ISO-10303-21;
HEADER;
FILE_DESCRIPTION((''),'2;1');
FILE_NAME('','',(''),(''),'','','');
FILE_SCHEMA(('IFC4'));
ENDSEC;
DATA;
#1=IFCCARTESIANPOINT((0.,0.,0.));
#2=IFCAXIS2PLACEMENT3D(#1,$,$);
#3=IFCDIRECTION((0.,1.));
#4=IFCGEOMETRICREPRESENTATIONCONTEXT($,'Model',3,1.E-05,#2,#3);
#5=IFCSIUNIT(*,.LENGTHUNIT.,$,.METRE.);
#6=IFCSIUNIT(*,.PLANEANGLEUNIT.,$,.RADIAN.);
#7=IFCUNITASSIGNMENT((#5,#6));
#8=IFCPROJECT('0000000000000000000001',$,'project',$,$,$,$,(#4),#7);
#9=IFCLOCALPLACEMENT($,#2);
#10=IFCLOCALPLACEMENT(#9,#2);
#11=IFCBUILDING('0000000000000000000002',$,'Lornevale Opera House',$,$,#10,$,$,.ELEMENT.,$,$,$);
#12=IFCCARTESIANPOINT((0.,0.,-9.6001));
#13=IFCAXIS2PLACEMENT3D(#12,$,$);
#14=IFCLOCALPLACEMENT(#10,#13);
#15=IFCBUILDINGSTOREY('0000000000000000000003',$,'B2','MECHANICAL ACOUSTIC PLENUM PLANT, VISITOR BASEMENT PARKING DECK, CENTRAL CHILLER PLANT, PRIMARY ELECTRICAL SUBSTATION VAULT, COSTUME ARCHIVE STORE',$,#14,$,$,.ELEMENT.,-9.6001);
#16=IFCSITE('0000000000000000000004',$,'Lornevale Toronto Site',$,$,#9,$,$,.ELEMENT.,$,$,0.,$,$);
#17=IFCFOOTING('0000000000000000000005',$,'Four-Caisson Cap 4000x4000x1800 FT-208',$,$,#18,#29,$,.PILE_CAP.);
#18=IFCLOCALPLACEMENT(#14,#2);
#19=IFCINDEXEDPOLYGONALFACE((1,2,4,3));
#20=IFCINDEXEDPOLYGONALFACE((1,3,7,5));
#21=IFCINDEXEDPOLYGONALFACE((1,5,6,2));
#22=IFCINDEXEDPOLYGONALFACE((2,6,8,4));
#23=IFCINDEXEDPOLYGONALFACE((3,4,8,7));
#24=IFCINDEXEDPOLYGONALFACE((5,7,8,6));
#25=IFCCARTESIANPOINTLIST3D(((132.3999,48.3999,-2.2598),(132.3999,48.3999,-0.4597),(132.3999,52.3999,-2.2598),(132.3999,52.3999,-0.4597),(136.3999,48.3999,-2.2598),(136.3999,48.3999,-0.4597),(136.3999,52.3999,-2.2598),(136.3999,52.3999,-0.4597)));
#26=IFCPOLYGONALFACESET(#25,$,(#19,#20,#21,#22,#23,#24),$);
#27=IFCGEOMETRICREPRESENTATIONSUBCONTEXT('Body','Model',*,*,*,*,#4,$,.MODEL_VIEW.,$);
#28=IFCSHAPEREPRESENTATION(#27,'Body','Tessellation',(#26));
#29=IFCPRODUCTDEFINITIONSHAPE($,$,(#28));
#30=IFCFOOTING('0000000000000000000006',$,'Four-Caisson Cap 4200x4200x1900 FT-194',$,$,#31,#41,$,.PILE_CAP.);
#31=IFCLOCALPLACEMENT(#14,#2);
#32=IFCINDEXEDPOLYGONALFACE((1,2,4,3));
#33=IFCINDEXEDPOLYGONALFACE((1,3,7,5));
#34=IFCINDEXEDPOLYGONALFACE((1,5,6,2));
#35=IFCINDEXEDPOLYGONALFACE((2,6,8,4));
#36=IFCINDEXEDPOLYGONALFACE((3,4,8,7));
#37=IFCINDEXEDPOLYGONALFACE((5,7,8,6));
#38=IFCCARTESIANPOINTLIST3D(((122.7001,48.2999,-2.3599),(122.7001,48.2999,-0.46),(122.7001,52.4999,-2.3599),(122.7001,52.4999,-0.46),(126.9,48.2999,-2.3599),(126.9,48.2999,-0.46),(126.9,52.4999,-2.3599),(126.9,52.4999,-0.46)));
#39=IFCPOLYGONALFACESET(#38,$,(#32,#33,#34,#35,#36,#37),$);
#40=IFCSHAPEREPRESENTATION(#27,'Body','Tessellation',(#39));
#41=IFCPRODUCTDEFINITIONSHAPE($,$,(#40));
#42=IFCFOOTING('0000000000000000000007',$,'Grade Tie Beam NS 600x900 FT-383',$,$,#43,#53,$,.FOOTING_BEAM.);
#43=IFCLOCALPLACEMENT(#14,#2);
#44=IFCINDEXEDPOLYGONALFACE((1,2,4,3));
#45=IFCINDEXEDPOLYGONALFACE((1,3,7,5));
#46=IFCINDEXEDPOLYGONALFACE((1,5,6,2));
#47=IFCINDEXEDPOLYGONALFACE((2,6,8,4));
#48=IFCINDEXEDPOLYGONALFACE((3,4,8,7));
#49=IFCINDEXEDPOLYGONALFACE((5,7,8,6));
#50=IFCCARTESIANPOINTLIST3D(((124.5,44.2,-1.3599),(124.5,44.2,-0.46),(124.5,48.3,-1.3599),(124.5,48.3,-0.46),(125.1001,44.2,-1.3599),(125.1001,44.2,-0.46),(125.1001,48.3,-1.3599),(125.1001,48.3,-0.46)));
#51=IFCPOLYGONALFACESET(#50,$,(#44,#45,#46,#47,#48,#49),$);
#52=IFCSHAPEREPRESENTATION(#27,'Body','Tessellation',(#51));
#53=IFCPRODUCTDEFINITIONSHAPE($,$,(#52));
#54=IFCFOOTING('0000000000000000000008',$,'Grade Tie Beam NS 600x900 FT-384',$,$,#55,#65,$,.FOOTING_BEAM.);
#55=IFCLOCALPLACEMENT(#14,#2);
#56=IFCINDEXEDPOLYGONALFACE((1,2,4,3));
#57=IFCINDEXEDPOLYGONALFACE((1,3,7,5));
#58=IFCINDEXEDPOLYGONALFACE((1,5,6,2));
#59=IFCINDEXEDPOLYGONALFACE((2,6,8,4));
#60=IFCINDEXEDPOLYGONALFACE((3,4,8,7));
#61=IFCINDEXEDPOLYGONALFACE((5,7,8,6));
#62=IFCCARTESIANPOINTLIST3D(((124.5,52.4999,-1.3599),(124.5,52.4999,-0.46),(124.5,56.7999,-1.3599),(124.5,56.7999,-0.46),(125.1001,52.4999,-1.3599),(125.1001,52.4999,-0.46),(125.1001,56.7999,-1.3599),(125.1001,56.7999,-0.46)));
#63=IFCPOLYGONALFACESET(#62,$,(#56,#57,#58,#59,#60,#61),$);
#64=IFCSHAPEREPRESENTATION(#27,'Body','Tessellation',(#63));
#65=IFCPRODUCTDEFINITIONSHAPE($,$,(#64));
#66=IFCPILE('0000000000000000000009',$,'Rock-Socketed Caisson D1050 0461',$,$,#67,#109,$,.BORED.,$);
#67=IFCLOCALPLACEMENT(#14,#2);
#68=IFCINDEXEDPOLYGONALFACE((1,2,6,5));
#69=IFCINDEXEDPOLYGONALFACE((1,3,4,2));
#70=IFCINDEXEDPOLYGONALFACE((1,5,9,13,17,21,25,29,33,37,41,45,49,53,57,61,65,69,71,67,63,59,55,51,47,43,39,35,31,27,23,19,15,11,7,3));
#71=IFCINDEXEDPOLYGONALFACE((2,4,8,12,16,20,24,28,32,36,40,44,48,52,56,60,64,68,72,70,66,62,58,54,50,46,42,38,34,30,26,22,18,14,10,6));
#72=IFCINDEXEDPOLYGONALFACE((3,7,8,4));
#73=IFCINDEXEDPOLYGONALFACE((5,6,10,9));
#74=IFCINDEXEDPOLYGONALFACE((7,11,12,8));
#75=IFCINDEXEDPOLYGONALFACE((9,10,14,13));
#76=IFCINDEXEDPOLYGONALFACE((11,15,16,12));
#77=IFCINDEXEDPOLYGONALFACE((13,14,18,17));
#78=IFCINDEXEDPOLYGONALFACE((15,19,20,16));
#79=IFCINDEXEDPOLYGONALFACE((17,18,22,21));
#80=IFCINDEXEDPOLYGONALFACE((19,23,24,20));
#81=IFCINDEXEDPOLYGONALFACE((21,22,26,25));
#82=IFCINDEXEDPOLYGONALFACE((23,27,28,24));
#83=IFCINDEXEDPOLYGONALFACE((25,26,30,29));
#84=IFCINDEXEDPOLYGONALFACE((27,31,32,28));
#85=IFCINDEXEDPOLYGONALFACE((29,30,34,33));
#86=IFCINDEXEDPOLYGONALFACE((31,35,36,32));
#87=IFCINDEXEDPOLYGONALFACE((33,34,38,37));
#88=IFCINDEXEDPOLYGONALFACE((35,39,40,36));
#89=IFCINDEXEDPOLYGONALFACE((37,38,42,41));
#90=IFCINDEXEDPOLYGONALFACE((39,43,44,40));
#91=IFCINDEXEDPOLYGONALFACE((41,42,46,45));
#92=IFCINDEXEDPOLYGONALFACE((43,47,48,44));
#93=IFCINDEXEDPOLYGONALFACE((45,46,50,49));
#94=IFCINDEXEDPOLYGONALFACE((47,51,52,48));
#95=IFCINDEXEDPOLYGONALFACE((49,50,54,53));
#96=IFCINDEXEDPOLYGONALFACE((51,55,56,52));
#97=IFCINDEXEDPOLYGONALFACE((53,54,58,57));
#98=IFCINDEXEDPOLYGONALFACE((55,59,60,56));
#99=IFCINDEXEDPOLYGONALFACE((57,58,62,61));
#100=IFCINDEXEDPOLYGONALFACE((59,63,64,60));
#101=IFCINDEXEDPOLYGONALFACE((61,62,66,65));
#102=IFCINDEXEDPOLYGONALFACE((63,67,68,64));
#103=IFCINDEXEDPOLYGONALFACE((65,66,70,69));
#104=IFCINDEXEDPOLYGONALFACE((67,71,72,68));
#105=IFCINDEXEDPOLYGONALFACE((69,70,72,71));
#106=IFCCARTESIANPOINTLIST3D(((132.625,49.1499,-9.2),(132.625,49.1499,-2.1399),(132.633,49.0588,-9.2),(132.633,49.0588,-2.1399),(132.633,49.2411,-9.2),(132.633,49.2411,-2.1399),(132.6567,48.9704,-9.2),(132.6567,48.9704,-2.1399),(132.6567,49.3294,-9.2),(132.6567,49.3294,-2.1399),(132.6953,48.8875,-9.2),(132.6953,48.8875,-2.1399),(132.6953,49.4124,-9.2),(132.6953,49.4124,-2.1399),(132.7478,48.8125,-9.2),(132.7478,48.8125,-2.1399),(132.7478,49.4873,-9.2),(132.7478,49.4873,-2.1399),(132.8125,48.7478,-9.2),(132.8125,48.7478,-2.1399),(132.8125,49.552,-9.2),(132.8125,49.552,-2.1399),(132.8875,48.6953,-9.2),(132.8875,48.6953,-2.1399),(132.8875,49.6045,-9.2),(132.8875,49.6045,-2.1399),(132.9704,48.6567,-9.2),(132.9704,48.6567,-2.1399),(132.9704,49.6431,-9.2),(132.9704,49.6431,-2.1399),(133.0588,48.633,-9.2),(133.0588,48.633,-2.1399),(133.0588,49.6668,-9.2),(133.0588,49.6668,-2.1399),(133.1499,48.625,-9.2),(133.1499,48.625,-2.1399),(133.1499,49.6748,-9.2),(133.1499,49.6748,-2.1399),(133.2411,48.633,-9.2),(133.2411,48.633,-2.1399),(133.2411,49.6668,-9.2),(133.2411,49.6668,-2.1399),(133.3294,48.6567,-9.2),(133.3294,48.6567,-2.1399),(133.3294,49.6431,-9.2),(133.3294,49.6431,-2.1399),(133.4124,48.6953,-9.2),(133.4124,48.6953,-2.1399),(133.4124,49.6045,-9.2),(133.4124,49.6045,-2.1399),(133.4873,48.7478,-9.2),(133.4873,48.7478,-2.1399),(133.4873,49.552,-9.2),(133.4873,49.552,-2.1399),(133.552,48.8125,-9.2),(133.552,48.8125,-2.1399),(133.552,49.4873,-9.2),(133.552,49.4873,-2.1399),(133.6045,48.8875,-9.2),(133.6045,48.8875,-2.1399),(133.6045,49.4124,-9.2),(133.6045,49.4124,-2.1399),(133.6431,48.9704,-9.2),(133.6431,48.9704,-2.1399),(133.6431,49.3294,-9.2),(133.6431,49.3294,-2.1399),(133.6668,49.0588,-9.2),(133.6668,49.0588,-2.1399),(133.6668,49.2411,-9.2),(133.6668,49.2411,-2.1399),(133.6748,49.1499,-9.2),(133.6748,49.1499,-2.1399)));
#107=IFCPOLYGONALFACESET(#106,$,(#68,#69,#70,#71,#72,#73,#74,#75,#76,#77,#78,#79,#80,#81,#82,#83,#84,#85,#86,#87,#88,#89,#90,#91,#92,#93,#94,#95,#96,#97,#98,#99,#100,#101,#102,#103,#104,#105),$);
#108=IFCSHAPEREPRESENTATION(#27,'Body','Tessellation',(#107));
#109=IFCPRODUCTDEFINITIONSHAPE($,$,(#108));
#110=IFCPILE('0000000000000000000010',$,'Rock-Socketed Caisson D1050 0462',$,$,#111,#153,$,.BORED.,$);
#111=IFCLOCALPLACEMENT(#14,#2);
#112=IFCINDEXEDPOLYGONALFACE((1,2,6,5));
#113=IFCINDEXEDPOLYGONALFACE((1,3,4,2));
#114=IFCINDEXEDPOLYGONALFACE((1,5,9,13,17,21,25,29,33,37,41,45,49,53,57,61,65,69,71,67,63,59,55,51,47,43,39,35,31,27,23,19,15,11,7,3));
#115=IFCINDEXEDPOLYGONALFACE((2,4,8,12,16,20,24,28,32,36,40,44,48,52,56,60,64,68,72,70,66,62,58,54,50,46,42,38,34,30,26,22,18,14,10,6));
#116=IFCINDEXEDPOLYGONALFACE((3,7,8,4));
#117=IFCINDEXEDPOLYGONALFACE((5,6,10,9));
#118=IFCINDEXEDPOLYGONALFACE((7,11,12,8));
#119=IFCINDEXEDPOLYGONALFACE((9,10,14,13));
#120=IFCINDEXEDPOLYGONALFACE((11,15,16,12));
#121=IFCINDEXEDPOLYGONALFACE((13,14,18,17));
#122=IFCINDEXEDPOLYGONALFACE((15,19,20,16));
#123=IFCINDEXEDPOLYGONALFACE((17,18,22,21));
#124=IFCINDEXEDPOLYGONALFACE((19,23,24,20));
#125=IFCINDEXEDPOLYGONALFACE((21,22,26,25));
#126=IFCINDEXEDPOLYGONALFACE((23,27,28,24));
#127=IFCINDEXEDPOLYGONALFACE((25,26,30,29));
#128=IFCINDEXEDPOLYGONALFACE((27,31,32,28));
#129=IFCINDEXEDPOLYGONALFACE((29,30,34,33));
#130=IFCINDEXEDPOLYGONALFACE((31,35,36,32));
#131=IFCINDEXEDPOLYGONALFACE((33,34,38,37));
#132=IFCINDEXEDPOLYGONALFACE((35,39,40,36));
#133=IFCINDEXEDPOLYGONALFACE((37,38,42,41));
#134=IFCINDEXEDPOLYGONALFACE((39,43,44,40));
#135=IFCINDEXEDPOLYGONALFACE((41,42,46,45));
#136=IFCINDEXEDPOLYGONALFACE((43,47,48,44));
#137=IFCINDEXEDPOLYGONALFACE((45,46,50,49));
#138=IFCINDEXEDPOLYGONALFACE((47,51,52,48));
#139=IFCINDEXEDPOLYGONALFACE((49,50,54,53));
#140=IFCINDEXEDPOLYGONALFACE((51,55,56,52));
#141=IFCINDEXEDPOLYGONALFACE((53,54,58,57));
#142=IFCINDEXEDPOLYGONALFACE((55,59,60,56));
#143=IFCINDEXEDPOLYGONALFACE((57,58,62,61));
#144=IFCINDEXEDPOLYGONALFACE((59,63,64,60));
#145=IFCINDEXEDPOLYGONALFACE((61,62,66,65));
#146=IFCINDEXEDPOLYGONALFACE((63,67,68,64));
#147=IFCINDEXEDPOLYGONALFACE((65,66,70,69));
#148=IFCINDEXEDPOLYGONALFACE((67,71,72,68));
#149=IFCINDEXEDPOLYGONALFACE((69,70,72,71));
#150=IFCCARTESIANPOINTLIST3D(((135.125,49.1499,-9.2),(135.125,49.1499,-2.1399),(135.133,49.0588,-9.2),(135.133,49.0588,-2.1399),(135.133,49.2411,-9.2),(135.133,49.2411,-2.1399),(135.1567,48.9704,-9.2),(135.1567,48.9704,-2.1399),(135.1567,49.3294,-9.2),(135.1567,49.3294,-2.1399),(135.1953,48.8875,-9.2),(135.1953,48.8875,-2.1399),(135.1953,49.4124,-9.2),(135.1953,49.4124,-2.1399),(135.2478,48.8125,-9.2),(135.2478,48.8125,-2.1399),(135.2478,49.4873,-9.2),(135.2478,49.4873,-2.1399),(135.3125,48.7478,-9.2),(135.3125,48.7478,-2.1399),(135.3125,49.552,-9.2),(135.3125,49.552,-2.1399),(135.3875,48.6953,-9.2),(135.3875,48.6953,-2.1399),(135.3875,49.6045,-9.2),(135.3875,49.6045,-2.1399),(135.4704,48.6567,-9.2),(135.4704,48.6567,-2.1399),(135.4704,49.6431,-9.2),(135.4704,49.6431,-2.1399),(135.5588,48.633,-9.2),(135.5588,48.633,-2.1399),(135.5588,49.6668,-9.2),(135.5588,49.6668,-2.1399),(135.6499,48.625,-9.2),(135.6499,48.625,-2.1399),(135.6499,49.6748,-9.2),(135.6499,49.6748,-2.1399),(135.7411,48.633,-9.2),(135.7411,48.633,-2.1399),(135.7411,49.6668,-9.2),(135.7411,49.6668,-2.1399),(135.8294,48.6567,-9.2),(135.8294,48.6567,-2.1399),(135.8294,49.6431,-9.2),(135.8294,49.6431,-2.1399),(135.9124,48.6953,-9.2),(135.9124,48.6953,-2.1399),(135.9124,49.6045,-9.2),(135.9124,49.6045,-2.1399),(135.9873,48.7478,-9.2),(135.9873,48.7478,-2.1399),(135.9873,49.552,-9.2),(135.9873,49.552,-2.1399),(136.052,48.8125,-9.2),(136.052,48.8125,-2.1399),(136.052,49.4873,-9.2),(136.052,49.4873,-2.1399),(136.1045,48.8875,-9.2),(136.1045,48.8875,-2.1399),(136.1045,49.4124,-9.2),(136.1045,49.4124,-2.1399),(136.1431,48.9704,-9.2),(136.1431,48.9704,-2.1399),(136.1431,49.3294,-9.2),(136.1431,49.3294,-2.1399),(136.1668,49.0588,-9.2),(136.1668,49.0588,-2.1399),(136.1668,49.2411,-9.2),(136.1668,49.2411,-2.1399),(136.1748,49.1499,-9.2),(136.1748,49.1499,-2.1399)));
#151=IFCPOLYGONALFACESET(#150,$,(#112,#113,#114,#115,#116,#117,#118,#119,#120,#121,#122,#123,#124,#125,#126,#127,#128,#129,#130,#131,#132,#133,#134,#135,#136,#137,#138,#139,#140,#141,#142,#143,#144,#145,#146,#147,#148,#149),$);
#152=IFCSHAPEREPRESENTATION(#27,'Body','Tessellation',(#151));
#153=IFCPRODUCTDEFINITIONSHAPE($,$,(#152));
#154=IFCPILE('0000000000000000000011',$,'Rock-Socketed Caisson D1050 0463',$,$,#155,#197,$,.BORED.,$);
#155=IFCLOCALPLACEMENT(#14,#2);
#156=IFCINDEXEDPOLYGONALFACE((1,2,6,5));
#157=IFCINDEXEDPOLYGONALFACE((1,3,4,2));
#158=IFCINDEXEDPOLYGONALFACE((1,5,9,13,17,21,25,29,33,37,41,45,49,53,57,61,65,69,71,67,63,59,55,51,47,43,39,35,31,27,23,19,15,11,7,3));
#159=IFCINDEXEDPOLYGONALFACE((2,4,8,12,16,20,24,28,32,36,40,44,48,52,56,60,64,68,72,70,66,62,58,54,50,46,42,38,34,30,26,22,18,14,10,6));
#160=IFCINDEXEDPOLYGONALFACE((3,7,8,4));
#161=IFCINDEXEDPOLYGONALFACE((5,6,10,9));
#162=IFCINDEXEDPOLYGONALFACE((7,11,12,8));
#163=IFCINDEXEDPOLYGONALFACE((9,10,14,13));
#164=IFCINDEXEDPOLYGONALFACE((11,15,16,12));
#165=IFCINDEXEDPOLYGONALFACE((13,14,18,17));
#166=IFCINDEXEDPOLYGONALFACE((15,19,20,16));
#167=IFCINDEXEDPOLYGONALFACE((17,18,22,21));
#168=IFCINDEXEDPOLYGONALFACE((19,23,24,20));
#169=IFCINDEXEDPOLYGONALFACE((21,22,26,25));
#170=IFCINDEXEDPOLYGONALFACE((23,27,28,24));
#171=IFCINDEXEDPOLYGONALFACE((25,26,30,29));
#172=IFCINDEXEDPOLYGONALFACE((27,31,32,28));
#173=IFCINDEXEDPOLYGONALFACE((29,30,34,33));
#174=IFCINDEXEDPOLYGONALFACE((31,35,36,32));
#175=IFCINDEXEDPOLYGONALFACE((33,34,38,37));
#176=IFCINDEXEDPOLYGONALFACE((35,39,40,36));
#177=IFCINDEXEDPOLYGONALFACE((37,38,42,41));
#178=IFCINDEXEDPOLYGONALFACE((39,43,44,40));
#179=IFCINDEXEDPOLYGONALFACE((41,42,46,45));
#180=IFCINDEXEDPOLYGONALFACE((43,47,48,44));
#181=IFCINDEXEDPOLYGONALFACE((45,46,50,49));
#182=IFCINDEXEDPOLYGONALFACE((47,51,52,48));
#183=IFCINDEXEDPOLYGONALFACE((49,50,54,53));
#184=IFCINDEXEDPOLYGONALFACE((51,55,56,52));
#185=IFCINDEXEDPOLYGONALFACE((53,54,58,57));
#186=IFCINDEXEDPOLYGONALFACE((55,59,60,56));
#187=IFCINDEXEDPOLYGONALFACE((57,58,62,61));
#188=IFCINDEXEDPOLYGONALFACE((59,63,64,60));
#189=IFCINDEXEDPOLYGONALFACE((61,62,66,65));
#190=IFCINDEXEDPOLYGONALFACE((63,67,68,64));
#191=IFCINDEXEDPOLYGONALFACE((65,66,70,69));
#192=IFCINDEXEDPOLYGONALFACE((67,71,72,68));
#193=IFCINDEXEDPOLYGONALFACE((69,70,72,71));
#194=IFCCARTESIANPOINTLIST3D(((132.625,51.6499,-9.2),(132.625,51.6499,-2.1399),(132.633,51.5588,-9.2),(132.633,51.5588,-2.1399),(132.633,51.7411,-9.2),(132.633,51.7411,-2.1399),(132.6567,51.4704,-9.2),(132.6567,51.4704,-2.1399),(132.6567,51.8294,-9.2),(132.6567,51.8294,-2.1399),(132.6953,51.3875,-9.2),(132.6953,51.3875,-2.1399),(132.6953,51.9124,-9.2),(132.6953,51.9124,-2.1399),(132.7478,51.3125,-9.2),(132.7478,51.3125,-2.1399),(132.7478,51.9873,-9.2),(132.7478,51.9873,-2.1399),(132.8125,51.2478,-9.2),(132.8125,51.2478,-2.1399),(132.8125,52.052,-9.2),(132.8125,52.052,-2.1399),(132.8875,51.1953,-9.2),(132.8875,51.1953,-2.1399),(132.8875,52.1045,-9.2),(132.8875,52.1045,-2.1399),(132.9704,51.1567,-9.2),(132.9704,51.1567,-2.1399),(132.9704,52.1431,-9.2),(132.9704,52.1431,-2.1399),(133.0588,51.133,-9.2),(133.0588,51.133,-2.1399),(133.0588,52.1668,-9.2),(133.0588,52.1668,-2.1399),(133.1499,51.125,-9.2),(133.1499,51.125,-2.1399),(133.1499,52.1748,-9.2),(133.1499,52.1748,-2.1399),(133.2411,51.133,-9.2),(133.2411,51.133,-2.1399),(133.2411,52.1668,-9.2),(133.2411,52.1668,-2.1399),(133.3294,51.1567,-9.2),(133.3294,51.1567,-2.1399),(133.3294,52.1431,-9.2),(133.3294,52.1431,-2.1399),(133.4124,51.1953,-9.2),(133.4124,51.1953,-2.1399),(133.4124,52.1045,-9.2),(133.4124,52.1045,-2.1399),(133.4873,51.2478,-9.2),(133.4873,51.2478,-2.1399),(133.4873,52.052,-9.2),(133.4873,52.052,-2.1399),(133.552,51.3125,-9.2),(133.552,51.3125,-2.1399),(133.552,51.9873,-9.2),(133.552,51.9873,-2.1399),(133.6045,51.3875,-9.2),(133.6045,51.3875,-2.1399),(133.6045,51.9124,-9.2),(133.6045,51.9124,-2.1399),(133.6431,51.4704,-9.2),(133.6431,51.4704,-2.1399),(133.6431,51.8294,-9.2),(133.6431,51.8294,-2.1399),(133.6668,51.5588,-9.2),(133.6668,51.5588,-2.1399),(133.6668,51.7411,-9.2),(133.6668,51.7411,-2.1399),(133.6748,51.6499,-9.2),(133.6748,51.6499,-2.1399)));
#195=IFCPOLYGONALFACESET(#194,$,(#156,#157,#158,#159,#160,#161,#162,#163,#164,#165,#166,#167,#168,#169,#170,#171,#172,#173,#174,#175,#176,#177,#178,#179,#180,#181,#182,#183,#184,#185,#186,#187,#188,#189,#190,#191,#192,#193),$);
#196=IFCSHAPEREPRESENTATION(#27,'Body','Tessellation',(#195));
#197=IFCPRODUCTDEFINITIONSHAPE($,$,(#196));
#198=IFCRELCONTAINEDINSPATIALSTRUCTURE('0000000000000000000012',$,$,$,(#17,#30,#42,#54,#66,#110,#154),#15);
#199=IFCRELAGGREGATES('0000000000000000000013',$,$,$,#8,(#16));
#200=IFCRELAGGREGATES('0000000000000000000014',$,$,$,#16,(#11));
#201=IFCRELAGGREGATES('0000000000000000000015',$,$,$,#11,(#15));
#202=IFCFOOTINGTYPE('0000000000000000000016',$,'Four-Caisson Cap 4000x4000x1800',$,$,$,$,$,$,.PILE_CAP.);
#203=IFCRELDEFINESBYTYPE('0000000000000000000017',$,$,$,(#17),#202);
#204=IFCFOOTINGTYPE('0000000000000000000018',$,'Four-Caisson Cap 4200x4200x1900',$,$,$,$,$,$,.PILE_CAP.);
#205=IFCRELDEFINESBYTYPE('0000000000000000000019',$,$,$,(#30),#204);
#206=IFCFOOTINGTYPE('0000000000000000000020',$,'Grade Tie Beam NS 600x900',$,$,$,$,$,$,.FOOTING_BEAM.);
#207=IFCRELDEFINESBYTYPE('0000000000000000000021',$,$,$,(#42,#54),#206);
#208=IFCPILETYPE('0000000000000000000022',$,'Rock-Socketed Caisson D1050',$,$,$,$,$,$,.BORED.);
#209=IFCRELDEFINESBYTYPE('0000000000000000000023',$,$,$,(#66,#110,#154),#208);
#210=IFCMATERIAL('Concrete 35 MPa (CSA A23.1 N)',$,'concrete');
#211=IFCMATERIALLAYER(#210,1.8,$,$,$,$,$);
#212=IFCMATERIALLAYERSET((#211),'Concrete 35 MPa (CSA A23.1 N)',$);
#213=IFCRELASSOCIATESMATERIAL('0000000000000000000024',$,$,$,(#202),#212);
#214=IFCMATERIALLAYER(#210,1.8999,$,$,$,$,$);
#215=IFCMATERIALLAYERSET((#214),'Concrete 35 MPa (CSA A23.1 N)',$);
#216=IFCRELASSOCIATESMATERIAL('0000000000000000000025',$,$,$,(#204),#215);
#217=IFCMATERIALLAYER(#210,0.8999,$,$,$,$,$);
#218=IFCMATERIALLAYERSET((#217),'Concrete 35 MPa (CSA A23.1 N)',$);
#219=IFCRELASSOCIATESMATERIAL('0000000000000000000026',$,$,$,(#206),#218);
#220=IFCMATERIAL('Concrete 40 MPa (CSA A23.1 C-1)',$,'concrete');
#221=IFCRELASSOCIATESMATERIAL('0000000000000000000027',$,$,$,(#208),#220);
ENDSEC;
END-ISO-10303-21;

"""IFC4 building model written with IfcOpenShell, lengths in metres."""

from ifc_helpers import new_model, si_unit, direction, frame, origin, origin_2d, place, context, subcontext, project, spatial, rectangle, circle, extrude, material, layer, layer_set, material_profile, profile_set, type_object, element, save


model = new_model("IFC4")

# Units and contexts
model_context = context("Model", 3, precision=1e-05, world=origin(), true_north=direction((0.0, 1.0)))
body_context = subcontext(model_context, "Body", "Model", "MODEL_VIEW")
ifc_project = project(units=[si_unit("LENGTHUNIT", "METRE"), si_unit("PLANEANGLEUNIT", "RADIAN")], contexts=[model_context])

# Site, building, storey
site_placement = place(None, origin())
site = spatial("IfcSite", under=ifc_project, at=site_placement, Name="Lornevale Toronto Site", CompositionType="ELEMENT", RefElevation=0.0)
building_placement = place(site_placement, origin())
building = spatial("IfcBuilding", under=site, at=building_placement, Name="Lornevale Opera House", CompositionType="ELEMENT")
storey_placement = place(building_placement, frame((0.0, 0.0, -9.6001)))
storey = spatial("IfcBuildingStorey", under=building, at=storey_placement, Name="B2", Description="MECHANICAL ACOUSTIC PLENUM PLANT, VISITOR BASEMENT PARKING DECK, CENTRAL CHILLER PLANT, PRIMARY ELECTRICAL SUBSTATION VAULT, COSTUME ARCHIVE STORE", CompositionType="ELEMENT", Elevation=-9.6001)

# Footings
ifc_material_1 = material(Name="Concrete 35 MPa (CSA A23.1 N)", Category="concrete")
ifc_layer_1 = layer(ifc_material_1, 1.8)
ifc_layer_set_1 = layer_set([ifc_layer_1], Name="Concrete 35 MPa (CSA A23.1 N)")
footing_type_1 = type_object("IfcFootingType", Name="Four-Caisson Cap 4000x4000x1800", PredefinedType="PILE_CAP", material=ifc_layer_set_1)
footing_1_placement = place(storey_placement, frame((134.3999, 50.3999, -2.2598), z_axis=(0.0, 0.0, 1.0), x_axis=(1.0, 0.0, 0.0)))
element("IfcFooting", 1, at=footing_1_placement, inside=storey, type_object=footing_type_1, Name="Four-Caisson Cap 4000x4000x1800 FT-208", PredefinedType="PILE_CAP", context=body_context, shape_type="SweptSolid", body=[
    extrude(rectangle(XDim=4.0, YDim=4.0, at=origin_2d()), origin(), (0.0, 0.0, 1.0), 1.8),
])
ifc_layer_2 = layer(ifc_material_1, 1.8999)
ifc_layer_set_2 = layer_set([ifc_layer_2], Name="Concrete 35 MPa (CSA A23.1 N)")
footing_type_2 = type_object("IfcFootingType", Name="Four-Caisson Cap 4200x4200x1900", PredefinedType="PILE_CAP", material=ifc_layer_set_2)
footing_2_placement = place(storey_placement, frame((124.8, 50.3999, -2.3599), z_axis=(0.0, 0.0, 1.0), x_axis=(1.0, 0.0, 0.0)))
element("IfcFooting", 2, at=footing_2_placement, inside=storey, type_object=footing_type_2, Name="Four-Caisson Cap 4200x4200x1900 FT-194", PredefinedType="PILE_CAP", context=body_context, shape_type="SweptSolid", body=[
    extrude(rectangle(XDim=4.2, YDim=4.2, at=origin_2d()), origin(), (0.0, 0.0, 1.0), 1.8999),
])
ifc_layer_3 = layer(ifc_material_1, 0.8999)
ifc_layer_set_3 = layer_set([ifc_layer_3], Name="Concrete 35 MPa (CSA A23.1 N)")
footing_type_3 = type_object("IfcFootingType", Name="Grade Tie Beam NS 600x900", PredefinedType="FOOTING_BEAM", material=ifc_layer_set_3)
footing_3_placement = place(storey_placement, frame((124.8, 46.25, -1.3599), z_axis=(0.0, 0.0, 1.0), x_axis=(1.0, 0.0, 0.0)))
element("IfcFooting", 3, at=footing_3_placement, inside=storey, type_object=footing_type_3, Name="Grade Tie Beam NS 600x900 FT-383", PredefinedType="FOOTING_BEAM", context=body_context, shape_type="SweptSolid", body=[
    extrude(rectangle(XDim=0.6001, YDim=4.1001, at=origin_2d()), origin(), (0.0, 0.0, 1.0), 0.8999),
])
footing_4_placement = place(storey_placement, frame((124.8, 54.6499, -1.3599), z_axis=(0.0, 0.0, 1.0), x_axis=(1.0, 0.0, 0.0)))
element("IfcFooting", 4, at=footing_4_placement, inside=storey, type_object=footing_type_3, Name="Grade Tie Beam NS 600x900 FT-384", PredefinedType="FOOTING_BEAM", context=body_context, shape_type="SweptSolid", body=[
    extrude(rectangle(XDim=0.6001, YDim=4.3, at=origin_2d()), origin(), (0.0, 0.0, 1.0), 0.8999),
])

# Piles
ifc_material_2 = material(Name="Concrete 40 MPa (CSA A23.1 C-1)", Category="concrete")
ifc_material_profile_1 = material_profile(ifc_material_2, circle(Radius=0.5249, at=origin_2d()), Name="CAIS1050")
ifc_profile_set_1 = profile_set([ifc_material_profile_1], Name="Concrete 40 MPa (CSA A23.1 C-1)")
pile_type_1 = type_object("IfcPileType", Name="Rock-Socketed Caisson D1050", PredefinedType="BORED", material=ifc_profile_set_1)
for number, where, z_axis, x_axis, name in (
    (5, (133.1499, 49.1499, -2.1399), (0.0, 0.0, -1.0), (1.0, 0.0, 0.0), "Rock-Socketed Caisson D1050 0461"),
    (6, (135.6499, 49.1499, -2.1399), (0.0, 0.0, -1.0), (1.0, 0.0, 0.0), "Rock-Socketed Caisson D1050 0462"),
    (7, (133.1499, 51.6499, -2.1399), (0.0, 0.0, -1.0), (1.0, 0.0, 0.0), "Rock-Socketed Caisson D1050 0463"),
):
    element("IfcPile", number, at=place(storey_placement, frame(where, z_axis=z_axis, x_axis=x_axis)), inside=storey, type_object=pile_type_1, Name=name, PredefinedType="BORED", context=body_context, shape_type="SweptSolid", body=[
        extrude(circle(Radius=0.5249, at=origin_2d()), origin(), (0.0, 0.0, 1.0), 7.0601),
    ])

save(model, "model.ifc")
